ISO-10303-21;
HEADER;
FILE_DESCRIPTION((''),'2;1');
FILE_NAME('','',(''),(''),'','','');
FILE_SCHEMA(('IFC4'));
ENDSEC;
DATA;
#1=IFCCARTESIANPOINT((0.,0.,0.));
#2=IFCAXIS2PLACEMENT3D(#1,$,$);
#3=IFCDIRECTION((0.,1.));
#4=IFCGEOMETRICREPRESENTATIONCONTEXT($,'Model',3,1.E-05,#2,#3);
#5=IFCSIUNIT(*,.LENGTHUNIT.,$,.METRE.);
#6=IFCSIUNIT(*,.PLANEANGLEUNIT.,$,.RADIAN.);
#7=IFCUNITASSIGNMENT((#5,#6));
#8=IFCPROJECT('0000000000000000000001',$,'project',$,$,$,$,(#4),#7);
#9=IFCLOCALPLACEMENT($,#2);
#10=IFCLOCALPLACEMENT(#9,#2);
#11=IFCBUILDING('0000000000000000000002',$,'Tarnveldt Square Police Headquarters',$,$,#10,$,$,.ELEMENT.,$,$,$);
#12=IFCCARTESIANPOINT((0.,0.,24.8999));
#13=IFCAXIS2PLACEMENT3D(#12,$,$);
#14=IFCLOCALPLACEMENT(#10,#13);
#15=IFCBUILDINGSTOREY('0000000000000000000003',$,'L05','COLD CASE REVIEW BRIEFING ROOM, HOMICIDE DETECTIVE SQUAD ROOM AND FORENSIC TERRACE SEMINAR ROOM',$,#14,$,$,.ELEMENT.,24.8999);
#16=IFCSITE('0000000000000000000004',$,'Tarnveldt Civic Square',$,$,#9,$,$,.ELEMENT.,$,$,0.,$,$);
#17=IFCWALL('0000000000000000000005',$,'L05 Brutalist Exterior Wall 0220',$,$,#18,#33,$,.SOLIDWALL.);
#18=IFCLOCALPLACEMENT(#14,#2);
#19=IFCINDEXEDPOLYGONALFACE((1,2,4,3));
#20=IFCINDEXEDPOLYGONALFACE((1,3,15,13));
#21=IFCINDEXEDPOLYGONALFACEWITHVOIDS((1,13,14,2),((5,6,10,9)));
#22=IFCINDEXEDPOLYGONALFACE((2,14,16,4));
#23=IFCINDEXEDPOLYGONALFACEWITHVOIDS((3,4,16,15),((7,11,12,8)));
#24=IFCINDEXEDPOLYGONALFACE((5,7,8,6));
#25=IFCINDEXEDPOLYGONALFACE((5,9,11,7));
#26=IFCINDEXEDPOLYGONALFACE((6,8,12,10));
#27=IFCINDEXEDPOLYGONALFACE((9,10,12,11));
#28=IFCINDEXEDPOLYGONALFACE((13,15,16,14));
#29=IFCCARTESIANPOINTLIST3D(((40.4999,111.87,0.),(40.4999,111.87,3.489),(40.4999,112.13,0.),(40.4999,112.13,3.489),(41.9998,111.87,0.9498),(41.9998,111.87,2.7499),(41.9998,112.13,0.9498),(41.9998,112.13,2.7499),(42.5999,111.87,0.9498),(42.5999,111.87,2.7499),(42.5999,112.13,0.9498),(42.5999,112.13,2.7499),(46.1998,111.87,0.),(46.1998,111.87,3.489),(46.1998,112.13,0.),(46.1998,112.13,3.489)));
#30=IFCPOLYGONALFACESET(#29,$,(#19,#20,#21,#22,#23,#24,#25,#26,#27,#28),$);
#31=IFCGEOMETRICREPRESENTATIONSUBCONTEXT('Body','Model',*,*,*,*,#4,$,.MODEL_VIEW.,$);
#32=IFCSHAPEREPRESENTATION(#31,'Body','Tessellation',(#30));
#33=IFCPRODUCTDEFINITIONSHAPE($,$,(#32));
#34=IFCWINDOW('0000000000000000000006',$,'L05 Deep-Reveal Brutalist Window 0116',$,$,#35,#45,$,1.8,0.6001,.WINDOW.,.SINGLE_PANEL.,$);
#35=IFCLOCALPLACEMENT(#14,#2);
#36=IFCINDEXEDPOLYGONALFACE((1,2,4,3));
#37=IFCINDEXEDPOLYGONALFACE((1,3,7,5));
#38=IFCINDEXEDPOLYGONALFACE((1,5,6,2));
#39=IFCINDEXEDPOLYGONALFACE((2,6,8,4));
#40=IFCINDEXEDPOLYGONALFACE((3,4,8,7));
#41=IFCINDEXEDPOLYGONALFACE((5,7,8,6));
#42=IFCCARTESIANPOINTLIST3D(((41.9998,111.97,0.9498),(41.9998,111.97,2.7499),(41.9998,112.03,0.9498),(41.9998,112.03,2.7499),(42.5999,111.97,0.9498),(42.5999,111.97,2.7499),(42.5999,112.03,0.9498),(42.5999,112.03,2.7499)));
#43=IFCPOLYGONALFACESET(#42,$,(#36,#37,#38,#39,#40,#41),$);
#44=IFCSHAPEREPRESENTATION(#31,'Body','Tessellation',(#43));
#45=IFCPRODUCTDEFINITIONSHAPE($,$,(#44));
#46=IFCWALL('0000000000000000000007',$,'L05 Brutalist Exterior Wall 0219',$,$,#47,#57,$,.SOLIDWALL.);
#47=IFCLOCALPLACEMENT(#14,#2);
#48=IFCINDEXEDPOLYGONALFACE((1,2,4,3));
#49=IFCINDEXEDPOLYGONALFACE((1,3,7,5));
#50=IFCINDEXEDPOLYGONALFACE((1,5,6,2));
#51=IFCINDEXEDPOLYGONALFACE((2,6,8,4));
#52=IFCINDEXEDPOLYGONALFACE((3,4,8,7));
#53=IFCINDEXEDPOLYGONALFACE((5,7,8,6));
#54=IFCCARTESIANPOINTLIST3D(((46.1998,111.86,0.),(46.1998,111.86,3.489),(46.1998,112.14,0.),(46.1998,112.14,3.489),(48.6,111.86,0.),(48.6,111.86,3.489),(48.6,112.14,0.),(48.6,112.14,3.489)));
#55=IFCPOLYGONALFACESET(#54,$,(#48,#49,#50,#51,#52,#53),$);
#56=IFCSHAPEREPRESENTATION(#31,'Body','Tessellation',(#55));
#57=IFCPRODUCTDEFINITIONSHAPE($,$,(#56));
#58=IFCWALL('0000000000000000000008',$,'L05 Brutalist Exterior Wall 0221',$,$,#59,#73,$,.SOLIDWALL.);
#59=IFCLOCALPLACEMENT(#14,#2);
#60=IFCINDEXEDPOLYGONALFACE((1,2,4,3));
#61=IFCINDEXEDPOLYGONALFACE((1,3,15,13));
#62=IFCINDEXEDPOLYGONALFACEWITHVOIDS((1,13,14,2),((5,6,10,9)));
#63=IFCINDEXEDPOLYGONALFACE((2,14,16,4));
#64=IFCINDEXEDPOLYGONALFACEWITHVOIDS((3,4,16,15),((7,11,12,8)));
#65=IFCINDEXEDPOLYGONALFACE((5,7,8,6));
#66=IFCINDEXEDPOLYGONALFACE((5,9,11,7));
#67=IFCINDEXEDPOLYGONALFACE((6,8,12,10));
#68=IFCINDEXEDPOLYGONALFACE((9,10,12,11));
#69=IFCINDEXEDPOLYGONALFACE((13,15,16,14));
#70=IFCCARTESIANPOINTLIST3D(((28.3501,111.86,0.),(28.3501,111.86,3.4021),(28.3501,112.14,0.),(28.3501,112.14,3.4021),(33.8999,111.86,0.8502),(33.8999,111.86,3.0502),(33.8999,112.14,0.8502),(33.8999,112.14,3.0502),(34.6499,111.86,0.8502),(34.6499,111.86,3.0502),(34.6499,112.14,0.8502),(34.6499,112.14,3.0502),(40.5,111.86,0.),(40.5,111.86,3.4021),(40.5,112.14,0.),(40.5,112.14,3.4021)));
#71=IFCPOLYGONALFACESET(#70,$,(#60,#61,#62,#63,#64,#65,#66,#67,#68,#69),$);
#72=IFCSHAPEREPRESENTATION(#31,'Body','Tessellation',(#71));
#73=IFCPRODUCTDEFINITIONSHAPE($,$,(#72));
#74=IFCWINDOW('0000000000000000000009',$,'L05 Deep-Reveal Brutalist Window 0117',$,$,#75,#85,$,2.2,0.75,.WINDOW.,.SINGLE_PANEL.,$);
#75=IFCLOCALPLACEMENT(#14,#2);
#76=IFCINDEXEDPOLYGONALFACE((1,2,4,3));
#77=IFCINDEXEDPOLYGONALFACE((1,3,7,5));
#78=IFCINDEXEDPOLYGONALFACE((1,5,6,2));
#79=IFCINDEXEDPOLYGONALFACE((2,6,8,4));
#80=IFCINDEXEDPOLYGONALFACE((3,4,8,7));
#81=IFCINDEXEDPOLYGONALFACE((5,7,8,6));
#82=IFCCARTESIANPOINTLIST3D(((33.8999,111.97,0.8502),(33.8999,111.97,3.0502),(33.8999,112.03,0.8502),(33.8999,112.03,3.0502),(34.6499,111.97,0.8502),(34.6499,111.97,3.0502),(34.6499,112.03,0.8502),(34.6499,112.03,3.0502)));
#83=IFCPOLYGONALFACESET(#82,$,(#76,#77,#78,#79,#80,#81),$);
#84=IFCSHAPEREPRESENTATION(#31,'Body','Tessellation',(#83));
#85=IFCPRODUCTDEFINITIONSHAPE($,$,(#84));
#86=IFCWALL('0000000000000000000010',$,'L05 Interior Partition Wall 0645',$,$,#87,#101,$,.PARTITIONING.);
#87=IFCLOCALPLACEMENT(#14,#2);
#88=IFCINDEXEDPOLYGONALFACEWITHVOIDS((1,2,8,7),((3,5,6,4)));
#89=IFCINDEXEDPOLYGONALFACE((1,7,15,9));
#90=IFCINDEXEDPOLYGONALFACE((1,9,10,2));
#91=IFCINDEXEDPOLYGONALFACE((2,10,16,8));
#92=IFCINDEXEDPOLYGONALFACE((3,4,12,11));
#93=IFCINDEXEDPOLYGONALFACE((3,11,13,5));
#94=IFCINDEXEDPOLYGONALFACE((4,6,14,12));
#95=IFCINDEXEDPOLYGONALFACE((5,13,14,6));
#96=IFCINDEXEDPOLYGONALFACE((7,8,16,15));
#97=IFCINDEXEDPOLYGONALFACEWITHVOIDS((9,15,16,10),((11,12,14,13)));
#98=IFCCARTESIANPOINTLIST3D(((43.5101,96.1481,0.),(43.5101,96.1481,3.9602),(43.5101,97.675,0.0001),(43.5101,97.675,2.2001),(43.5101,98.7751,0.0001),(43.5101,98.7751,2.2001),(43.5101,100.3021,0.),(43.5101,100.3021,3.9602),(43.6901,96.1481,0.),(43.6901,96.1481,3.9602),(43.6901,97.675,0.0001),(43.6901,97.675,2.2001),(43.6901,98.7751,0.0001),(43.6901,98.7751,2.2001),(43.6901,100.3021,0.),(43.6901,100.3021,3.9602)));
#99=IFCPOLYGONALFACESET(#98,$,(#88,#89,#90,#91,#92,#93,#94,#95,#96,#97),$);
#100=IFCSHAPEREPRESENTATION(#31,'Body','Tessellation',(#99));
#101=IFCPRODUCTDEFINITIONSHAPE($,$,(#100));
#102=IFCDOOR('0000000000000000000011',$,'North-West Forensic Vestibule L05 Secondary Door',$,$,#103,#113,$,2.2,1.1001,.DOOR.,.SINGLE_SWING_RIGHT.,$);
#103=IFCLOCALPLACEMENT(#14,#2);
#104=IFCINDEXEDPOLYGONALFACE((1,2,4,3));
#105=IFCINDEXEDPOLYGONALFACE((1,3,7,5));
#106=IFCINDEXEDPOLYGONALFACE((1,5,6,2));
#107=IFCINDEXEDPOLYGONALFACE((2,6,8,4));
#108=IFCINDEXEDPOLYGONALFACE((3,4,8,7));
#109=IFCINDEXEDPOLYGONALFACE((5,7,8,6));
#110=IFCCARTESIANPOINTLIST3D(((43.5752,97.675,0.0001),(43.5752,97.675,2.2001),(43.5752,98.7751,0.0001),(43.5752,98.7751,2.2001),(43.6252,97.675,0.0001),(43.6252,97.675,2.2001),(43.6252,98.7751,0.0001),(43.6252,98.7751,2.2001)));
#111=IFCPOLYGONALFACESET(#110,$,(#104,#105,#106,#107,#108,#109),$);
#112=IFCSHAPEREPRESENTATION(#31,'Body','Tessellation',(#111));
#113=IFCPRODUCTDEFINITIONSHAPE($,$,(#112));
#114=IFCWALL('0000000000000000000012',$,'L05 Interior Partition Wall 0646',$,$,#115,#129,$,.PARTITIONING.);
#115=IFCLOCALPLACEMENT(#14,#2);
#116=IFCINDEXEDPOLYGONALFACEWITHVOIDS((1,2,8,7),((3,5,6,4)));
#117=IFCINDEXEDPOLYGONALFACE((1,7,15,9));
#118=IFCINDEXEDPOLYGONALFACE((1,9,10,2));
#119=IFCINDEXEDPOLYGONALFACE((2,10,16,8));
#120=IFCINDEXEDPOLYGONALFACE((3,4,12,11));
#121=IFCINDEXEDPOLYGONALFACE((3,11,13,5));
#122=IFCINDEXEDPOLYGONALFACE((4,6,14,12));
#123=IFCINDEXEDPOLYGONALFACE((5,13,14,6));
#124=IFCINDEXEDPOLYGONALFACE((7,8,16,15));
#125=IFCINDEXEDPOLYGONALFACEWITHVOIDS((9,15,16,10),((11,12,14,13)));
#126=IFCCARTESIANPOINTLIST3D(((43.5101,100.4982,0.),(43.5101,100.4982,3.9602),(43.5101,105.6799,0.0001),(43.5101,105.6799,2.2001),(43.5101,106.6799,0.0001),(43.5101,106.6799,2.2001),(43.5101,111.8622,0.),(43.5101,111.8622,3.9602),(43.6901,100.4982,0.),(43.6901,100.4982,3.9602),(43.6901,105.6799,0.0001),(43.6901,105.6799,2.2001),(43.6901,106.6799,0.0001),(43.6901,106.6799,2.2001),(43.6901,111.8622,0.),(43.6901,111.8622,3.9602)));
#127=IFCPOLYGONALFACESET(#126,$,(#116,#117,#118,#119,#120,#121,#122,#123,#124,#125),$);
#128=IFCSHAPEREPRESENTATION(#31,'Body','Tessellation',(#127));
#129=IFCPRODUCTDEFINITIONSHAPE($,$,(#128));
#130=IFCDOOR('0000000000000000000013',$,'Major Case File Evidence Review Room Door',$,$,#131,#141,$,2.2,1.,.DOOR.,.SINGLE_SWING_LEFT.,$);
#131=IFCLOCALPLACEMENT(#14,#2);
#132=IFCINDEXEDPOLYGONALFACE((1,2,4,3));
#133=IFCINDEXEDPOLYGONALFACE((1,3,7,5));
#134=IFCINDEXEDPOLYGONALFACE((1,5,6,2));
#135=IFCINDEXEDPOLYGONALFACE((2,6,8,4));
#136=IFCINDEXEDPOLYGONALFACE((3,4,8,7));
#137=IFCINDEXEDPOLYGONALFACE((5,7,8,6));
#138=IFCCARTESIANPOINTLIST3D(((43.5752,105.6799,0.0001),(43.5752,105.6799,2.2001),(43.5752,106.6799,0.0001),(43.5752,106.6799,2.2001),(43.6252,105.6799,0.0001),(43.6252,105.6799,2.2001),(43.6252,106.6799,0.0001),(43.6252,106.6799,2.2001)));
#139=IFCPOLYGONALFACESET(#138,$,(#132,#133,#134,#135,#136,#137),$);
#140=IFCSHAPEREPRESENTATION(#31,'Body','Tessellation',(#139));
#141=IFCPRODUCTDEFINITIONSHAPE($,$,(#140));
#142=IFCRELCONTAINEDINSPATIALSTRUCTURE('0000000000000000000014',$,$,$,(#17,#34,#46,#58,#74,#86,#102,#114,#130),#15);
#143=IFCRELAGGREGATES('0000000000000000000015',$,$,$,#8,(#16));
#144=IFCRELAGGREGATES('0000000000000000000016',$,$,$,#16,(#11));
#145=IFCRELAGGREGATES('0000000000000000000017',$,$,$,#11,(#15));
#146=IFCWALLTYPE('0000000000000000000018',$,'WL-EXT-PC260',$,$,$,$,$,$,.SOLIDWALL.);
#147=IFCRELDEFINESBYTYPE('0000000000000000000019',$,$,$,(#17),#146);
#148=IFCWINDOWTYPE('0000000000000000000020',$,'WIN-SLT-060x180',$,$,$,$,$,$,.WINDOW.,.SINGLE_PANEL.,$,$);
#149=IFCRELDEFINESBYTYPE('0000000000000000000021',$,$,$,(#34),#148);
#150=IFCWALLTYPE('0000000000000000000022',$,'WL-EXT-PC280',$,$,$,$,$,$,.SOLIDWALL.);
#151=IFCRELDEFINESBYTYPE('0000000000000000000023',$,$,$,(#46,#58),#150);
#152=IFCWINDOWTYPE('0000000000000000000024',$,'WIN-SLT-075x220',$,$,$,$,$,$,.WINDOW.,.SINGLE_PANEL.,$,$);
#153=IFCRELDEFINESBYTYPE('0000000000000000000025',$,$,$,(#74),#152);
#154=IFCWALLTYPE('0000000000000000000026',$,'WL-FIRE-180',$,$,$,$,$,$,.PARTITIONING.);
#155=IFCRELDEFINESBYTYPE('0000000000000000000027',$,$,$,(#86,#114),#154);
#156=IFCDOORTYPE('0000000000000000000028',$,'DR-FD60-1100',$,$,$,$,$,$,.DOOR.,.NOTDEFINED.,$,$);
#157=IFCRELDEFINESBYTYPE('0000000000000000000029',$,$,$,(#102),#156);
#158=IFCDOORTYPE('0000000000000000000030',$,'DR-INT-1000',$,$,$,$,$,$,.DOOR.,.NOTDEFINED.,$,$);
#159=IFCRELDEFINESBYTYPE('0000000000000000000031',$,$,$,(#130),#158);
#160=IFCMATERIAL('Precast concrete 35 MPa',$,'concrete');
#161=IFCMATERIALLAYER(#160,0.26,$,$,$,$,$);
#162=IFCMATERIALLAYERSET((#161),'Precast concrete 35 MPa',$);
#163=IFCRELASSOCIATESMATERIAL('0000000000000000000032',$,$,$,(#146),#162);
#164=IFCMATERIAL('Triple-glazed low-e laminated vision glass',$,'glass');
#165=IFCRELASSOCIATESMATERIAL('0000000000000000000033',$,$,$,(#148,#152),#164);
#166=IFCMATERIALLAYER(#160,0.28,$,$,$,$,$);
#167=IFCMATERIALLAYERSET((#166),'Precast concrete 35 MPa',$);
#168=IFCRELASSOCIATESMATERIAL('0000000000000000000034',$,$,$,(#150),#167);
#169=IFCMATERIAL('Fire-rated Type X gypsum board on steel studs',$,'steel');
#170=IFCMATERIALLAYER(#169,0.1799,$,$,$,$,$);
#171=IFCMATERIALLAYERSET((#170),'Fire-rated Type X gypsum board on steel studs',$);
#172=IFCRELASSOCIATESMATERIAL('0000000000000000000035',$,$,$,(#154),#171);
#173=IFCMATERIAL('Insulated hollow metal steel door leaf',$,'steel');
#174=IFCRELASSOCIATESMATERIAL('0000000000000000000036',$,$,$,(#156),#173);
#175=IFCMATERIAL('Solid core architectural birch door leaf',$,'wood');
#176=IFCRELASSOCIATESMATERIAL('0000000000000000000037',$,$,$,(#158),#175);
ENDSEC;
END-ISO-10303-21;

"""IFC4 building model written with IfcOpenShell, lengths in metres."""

from ifc_helpers import new_model, si_unit, direction, frame, frame_2d, origin, place, context, subcontext, project, spatial, rectangle, extrude, material, layer, layer_set, type_object, element, fill, save


model = new_model("IFC4")

# Units and contexts
model_context = context("Model", 3, precision=1e-05, world=origin(), true_north=direction((0.0, 1.0)))
body_context = subcontext(model_context, "Body", "Model", "MODEL_VIEW")
ifc_project = project(units=[si_unit("LENGTHUNIT", "METRE"), si_unit("PLANEANGLEUNIT", "RADIAN")], contexts=[model_context])

# Site, building, storey
site_placement = place(None, origin())
site = spatial("IfcSite", under=ifc_project, at=site_placement, Name="Tarnveldt Civic Square", CompositionType="ELEMENT", RefElevation=0.0)
building_placement = place(site_placement, origin())
building = spatial("IfcBuilding", under=site, at=building_placement, Name="Tarnveldt Square Police Headquarters", CompositionType="ELEMENT")
storey_placement = place(building_placement, frame((0.0, 0.0, 24.8999)))
storey = spatial("IfcBuildingStorey", under=building, at=storey_placement, Name="L05", Description="COLD CASE REVIEW BRIEFING ROOM, HOMICIDE DETECTIVE SQUAD ROOM AND FORENSIC TERRACE SEMINAR ROOM", CompositionType="ELEMENT", Elevation=24.8999)

# Shared definitions
ifc_material_1 = material(Name="Insulated hollow metal steel door leaf", Category="steel")

# Wall, opening, window
ifc_material_2 = material(Name="Precast concrete 35 MPa", Category="concrete")
ifc_layer_1 = layer(ifc_material_2, 0.26)
ifc_layer_set_1 = layer_set([ifc_layer_1], Name="Precast concrete 35 MPa")
wall_type_1 = type_object("IfcWallType", Name="WL-EXT-PC260", PredefinedType="SOLIDWALL", material=ifc_layer_set_1)
wall_1_placement = place(storey_placement, frame((46.2, 112.0, 0.0), z_axis=(0.0, 0.0, 1.0), x_axis=(-1.0, 0.0, 0.0)))
wall_1 = element("IfcWall", 1, at=wall_1_placement, inside=storey, type_object=wall_type_1, Name="L05 Brutalist Exterior Wall 0220", PredefinedType="SOLIDWALL", context=body_context, shape_type="SweptSolid", body=[
    extrude(rectangle(XDim=5.7, YDim=0.26, at=frame_2d((2.8501, 0.0))), origin(), (0.0, 0.0, 1.0), 3.489),
])
opening_1_placement = place(wall_1_placement, frame((3.6001, 0.0, 0.95)))
opening_1 = element("IfcOpeningElement", 2, at=opening_1_placement, cuts=wall_1, PredefinedType="OPENING", context=body_context, shape_type="SweptSolid", body=[
    extrude(rectangle(XDim=0.6001, YDim=1.8, at=frame_2d((0.3, 0.8999))), frame((0.0, 0.1399, 0.0), z_axis=(0.0, -1.0, 0.0), x_axis=(1.0, 0.0, 0.0)), (0.0, 0.0, 1.0), 0.28),
])
ifc_material_3 = material(Name="Triple-glazed low-e laminated vision glass", Category="glass")
window_type_1 = type_object("IfcWindowType", Name="WIN-SLT-060x180", PartitioningType="SINGLE_PANEL", PredefinedType="WINDOW", material=ifc_material_3)
window_1_placement = place(opening_1_placement, origin())
window_1 = element("IfcWindow", 3, at=window_1_placement, inside=storey, type_object=window_type_1, Name="L05 Deep-Reveal Brutalist Window 0116", OverallHeight=1.8, OverallWidth=0.6001, PartitioningType="SINGLE_PANEL", PredefinedType="WINDOW", context=body_context, shape_type="SweptSolid", body=[
    extrude(rectangle(XDim=0.6001, YDim=1.8, at=frame_2d((0.3, 0.8999))), frame((0.0, 0.03, 0.0), z_axis=(0.0, -1.0, 0.0), x_axis=(1.0, 0.0, 0.0)), (0.0, 0.0, 1.0), 0.0601),
])
fill(opening_1, window_1)

# Wall
ifc_layer_2 = layer(ifc_material_2, 0.28)
ifc_layer_set_2 = layer_set([ifc_layer_2], Name="Precast concrete 35 MPa")
wall_type_2 = type_object("IfcWallType", Name="WL-EXT-PC280", PredefinedType="SOLIDWALL", material=ifc_layer_set_2)
wall_2_placement = place(storey_placement, frame((48.6001, 112.0, 0.0), z_axis=(0.0, 0.0, 1.0), x_axis=(-1.0, 0.0, 0.0)))
element("IfcWall", 4, at=wall_2_placement, inside=storey, type_object=wall_type_2, Name="L05 Brutalist Exterior Wall 0219", PredefinedType="SOLIDWALL", context=body_context, shape_type="SweptSolid", body=[
    extrude(rectangle(XDim=2.4001, YDim=0.28, at=frame_2d((1.2002, 0.0))), origin(), (0.0, 0.0, 1.0), 3.489),
])

# Wall, opening, window
wall_3_placement = place(storey_placement, frame((40.5, 112.0, 0.0), z_axis=(0.0, 0.0, 1.0), x_axis=(-1.0, 0.0, 0.0)))
wall_3 = element("IfcWall", 5, at=wall_3_placement, inside=storey, type_object=wall_type_2, Name="L05 Brutalist Exterior Wall 0221", PredefinedType="SOLIDWALL", context=body_context, shape_type="SweptSolid", body=[
    extrude(rectangle(XDim=12.1499, YDim=0.28, at=frame_2d((6.075, 0.0))), origin(), (0.0, 0.0, 1.0), 3.4021),
])
opening_2_placement = place(wall_3_placement, frame((5.8501, 0.0, 0.8501)))
opening_2 = element("IfcOpeningElement", 6, at=opening_2_placement, cuts=wall_3, PredefinedType="OPENING", context=body_context, shape_type="SweptSolid", body=[
    extrude(rectangle(XDim=0.75, YDim=2.2, at=frame_2d((0.375, 1.1001))), frame((0.0, 0.1499, 0.0), z_axis=(0.0, -1.0, 0.0), x_axis=(1.0, 0.0, 0.0)), (0.0, 0.0, 1.0), 0.3),
])
window_type_2 = type_object("IfcWindowType", Name="WIN-SLT-075x220", PartitioningType="SINGLE_PANEL", PredefinedType="WINDOW", material=ifc_material_3)
window_2_placement = place(opening_2_placement, origin())
window_2 = element("IfcWindow", 7, at=window_2_placement, inside=storey, type_object=window_type_2, Name="L05 Deep-Reveal Brutalist Window 0117", OverallHeight=2.2, OverallWidth=0.75, PartitioningType="SINGLE_PANEL", PredefinedType="WINDOW", context=body_context, shape_type="SweptSolid", body=[
    extrude(rectangle(XDim=0.75, YDim=2.2, at=frame_2d((0.375, 1.1001))), frame((0.0, 0.03, 0.0), z_axis=(0.0, -1.0, 0.0), x_axis=(1.0, 0.0, 0.0)), (0.0, 0.0, 1.0), 0.0601),
])
fill(opening_2, window_2)

# Walls, openings, doors
ifc_material_4 = material(Name="Fire-rated Type X gypsum board on steel studs", Category="steel")
ifc_layer_3 = layer(ifc_material_4, 0.1799)
ifc_layer_set_3 = layer_set([ifc_layer_3], Name="Fire-rated Type X gypsum board on steel studs")
wall_type_3 = type_object("IfcWallType", Name="WL-FIRE-180", PredefinedType="PARTITIONING", material=ifc_layer_set_3)
wall_4_placement = place(storey_placement, frame((43.6001, 96.1479, 0.0), z_axis=(0.0, 0.0, 1.0), x_axis=(0.0, 1.0, 0.0)))
wall_4 = element("IfcWall", 8, at=wall_4_placement, inside=storey, type_object=wall_type_3, Name="L05 Interior Partition Wall 0645", PredefinedType="PARTITIONING", context=body_context, shape_type="SweptSolid", body=[
    extrude(rectangle(XDim=4.1541, YDim=0.1799, at=frame_2d((2.0771, 0.0))), origin(), (0.0, 0.0, 1.0), 3.9602),
])
opening_3_placement = place(wall_4_placement, frame((1.5271, 0.0, 0.0)))
opening_3 = element("IfcOpeningElement", 9, at=opening_3_placement, cuts=wall_4, PredefinedType="OPENING", context=body_context, shape_type="SweptSolid", body=[
    extrude(rectangle(XDim=1.1001, YDim=2.2, at=frame_2d((0.55, 1.1001))), frame((0.0, 0.0999, 0.0), z_axis=(0.0, -1.0, 0.0), x_axis=(1.0, 0.0, 0.0)), (0.0, 0.0, 1.0), 0.2),
])
door_type_1 = type_object("IfcDoorType", Name="DR-FD60-1100", OperationType="NOTDEFINED", PredefinedType="DOOR", material=ifc_material_1)
door_1_placement = place(opening_3_placement, origin())
door_1 = element("IfcDoor", 10, at=door_1_placement, inside=storey, type_object=door_type_1, Name="North-West Forensic Vestibule L05 Secondary Door", OperationType="SINGLE_SWING_RIGHT", OverallHeight=2.2, OverallWidth=1.1001, PredefinedType="DOOR", context=body_context, shape_type="SweptSolid", body=[
    extrude(rectangle(XDim=1.1001, YDim=2.2, at=frame_2d((0.55, 1.1001))), frame((0.0, 0.0249, 0.0), z_axis=(0.0, -1.0, 0.0), x_axis=(1.0, 0.0, 0.0)), (0.0, 0.0, 1.0), 0.05),
])
fill(opening_3, door_1)
wall_5_placement = place(storey_placement, frame((43.6001, 100.498, 0.0), z_axis=(0.0, 0.0, 1.0), x_axis=(0.0, 1.0, 0.0)))
wall_5 = element("IfcWall", 11, at=wall_5_placement, inside=storey, type_object=wall_type_3, Name="L05 Interior Partition Wall 0646", PredefinedType="PARTITIONING", context=body_context, shape_type="SweptSolid", body=[
    extrude(rectangle(XDim=11.364, YDim=0.1799, at=frame_2d((5.6821, 0.0))), origin(), (0.0, 0.0, 1.0), 3.9602),
])
opening_4_placement = place(wall_5_placement, frame((5.1819, 0.0, 0.0)))
opening_4 = element("IfcOpeningElement", 12, at=opening_4_placement, cuts=wall_5, PredefinedType="OPENING", context=body_context, shape_type="SweptSolid", body=[
    extrude(rectangle(XDim=1.0, YDim=2.2, at=frame_2d((0.5, 1.1001))), frame((0.0, 0.0999, 0.0), z_axis=(0.0, -1.0, 0.0), x_axis=(1.0, 0.0, 0.0)), (0.0, 0.0, 1.0), 0.2),
])
ifc_material_5 = material(Name="Solid core architectural birch door leaf", Category="wood")
door_type_2 = type_object("IfcDoorType", Name="DR-INT-1000", OperationType="NOTDEFINED", PredefinedType="DOOR", material=ifc_material_5)
door_2_placement = place(opening_4_placement, origin())
door_2 = element("IfcDoor", 13, at=door_2_placement, inside=storey, type_object=door_type_2, Name="Major Case File Evidence Review Room Door", OperationType="SINGLE_SWING_LEFT", OverallHeight=2.2, OverallWidth=1.0, PredefinedType="DOOR", context=body_context, shape_type="SweptSolid", body=[
    extrude(rectangle(XDim=1.0, YDim=2.2, at=frame_2d((0.5, 1.1001))), frame((0.0, 0.0249, 0.0), z_axis=(0.0, -1.0, 0.0), x_axis=(1.0, 0.0, 0.0)), (0.0, 0.0, 1.0), 0.05),
])
fill(opening_4, door_2)

save(model, "model.ifc")
